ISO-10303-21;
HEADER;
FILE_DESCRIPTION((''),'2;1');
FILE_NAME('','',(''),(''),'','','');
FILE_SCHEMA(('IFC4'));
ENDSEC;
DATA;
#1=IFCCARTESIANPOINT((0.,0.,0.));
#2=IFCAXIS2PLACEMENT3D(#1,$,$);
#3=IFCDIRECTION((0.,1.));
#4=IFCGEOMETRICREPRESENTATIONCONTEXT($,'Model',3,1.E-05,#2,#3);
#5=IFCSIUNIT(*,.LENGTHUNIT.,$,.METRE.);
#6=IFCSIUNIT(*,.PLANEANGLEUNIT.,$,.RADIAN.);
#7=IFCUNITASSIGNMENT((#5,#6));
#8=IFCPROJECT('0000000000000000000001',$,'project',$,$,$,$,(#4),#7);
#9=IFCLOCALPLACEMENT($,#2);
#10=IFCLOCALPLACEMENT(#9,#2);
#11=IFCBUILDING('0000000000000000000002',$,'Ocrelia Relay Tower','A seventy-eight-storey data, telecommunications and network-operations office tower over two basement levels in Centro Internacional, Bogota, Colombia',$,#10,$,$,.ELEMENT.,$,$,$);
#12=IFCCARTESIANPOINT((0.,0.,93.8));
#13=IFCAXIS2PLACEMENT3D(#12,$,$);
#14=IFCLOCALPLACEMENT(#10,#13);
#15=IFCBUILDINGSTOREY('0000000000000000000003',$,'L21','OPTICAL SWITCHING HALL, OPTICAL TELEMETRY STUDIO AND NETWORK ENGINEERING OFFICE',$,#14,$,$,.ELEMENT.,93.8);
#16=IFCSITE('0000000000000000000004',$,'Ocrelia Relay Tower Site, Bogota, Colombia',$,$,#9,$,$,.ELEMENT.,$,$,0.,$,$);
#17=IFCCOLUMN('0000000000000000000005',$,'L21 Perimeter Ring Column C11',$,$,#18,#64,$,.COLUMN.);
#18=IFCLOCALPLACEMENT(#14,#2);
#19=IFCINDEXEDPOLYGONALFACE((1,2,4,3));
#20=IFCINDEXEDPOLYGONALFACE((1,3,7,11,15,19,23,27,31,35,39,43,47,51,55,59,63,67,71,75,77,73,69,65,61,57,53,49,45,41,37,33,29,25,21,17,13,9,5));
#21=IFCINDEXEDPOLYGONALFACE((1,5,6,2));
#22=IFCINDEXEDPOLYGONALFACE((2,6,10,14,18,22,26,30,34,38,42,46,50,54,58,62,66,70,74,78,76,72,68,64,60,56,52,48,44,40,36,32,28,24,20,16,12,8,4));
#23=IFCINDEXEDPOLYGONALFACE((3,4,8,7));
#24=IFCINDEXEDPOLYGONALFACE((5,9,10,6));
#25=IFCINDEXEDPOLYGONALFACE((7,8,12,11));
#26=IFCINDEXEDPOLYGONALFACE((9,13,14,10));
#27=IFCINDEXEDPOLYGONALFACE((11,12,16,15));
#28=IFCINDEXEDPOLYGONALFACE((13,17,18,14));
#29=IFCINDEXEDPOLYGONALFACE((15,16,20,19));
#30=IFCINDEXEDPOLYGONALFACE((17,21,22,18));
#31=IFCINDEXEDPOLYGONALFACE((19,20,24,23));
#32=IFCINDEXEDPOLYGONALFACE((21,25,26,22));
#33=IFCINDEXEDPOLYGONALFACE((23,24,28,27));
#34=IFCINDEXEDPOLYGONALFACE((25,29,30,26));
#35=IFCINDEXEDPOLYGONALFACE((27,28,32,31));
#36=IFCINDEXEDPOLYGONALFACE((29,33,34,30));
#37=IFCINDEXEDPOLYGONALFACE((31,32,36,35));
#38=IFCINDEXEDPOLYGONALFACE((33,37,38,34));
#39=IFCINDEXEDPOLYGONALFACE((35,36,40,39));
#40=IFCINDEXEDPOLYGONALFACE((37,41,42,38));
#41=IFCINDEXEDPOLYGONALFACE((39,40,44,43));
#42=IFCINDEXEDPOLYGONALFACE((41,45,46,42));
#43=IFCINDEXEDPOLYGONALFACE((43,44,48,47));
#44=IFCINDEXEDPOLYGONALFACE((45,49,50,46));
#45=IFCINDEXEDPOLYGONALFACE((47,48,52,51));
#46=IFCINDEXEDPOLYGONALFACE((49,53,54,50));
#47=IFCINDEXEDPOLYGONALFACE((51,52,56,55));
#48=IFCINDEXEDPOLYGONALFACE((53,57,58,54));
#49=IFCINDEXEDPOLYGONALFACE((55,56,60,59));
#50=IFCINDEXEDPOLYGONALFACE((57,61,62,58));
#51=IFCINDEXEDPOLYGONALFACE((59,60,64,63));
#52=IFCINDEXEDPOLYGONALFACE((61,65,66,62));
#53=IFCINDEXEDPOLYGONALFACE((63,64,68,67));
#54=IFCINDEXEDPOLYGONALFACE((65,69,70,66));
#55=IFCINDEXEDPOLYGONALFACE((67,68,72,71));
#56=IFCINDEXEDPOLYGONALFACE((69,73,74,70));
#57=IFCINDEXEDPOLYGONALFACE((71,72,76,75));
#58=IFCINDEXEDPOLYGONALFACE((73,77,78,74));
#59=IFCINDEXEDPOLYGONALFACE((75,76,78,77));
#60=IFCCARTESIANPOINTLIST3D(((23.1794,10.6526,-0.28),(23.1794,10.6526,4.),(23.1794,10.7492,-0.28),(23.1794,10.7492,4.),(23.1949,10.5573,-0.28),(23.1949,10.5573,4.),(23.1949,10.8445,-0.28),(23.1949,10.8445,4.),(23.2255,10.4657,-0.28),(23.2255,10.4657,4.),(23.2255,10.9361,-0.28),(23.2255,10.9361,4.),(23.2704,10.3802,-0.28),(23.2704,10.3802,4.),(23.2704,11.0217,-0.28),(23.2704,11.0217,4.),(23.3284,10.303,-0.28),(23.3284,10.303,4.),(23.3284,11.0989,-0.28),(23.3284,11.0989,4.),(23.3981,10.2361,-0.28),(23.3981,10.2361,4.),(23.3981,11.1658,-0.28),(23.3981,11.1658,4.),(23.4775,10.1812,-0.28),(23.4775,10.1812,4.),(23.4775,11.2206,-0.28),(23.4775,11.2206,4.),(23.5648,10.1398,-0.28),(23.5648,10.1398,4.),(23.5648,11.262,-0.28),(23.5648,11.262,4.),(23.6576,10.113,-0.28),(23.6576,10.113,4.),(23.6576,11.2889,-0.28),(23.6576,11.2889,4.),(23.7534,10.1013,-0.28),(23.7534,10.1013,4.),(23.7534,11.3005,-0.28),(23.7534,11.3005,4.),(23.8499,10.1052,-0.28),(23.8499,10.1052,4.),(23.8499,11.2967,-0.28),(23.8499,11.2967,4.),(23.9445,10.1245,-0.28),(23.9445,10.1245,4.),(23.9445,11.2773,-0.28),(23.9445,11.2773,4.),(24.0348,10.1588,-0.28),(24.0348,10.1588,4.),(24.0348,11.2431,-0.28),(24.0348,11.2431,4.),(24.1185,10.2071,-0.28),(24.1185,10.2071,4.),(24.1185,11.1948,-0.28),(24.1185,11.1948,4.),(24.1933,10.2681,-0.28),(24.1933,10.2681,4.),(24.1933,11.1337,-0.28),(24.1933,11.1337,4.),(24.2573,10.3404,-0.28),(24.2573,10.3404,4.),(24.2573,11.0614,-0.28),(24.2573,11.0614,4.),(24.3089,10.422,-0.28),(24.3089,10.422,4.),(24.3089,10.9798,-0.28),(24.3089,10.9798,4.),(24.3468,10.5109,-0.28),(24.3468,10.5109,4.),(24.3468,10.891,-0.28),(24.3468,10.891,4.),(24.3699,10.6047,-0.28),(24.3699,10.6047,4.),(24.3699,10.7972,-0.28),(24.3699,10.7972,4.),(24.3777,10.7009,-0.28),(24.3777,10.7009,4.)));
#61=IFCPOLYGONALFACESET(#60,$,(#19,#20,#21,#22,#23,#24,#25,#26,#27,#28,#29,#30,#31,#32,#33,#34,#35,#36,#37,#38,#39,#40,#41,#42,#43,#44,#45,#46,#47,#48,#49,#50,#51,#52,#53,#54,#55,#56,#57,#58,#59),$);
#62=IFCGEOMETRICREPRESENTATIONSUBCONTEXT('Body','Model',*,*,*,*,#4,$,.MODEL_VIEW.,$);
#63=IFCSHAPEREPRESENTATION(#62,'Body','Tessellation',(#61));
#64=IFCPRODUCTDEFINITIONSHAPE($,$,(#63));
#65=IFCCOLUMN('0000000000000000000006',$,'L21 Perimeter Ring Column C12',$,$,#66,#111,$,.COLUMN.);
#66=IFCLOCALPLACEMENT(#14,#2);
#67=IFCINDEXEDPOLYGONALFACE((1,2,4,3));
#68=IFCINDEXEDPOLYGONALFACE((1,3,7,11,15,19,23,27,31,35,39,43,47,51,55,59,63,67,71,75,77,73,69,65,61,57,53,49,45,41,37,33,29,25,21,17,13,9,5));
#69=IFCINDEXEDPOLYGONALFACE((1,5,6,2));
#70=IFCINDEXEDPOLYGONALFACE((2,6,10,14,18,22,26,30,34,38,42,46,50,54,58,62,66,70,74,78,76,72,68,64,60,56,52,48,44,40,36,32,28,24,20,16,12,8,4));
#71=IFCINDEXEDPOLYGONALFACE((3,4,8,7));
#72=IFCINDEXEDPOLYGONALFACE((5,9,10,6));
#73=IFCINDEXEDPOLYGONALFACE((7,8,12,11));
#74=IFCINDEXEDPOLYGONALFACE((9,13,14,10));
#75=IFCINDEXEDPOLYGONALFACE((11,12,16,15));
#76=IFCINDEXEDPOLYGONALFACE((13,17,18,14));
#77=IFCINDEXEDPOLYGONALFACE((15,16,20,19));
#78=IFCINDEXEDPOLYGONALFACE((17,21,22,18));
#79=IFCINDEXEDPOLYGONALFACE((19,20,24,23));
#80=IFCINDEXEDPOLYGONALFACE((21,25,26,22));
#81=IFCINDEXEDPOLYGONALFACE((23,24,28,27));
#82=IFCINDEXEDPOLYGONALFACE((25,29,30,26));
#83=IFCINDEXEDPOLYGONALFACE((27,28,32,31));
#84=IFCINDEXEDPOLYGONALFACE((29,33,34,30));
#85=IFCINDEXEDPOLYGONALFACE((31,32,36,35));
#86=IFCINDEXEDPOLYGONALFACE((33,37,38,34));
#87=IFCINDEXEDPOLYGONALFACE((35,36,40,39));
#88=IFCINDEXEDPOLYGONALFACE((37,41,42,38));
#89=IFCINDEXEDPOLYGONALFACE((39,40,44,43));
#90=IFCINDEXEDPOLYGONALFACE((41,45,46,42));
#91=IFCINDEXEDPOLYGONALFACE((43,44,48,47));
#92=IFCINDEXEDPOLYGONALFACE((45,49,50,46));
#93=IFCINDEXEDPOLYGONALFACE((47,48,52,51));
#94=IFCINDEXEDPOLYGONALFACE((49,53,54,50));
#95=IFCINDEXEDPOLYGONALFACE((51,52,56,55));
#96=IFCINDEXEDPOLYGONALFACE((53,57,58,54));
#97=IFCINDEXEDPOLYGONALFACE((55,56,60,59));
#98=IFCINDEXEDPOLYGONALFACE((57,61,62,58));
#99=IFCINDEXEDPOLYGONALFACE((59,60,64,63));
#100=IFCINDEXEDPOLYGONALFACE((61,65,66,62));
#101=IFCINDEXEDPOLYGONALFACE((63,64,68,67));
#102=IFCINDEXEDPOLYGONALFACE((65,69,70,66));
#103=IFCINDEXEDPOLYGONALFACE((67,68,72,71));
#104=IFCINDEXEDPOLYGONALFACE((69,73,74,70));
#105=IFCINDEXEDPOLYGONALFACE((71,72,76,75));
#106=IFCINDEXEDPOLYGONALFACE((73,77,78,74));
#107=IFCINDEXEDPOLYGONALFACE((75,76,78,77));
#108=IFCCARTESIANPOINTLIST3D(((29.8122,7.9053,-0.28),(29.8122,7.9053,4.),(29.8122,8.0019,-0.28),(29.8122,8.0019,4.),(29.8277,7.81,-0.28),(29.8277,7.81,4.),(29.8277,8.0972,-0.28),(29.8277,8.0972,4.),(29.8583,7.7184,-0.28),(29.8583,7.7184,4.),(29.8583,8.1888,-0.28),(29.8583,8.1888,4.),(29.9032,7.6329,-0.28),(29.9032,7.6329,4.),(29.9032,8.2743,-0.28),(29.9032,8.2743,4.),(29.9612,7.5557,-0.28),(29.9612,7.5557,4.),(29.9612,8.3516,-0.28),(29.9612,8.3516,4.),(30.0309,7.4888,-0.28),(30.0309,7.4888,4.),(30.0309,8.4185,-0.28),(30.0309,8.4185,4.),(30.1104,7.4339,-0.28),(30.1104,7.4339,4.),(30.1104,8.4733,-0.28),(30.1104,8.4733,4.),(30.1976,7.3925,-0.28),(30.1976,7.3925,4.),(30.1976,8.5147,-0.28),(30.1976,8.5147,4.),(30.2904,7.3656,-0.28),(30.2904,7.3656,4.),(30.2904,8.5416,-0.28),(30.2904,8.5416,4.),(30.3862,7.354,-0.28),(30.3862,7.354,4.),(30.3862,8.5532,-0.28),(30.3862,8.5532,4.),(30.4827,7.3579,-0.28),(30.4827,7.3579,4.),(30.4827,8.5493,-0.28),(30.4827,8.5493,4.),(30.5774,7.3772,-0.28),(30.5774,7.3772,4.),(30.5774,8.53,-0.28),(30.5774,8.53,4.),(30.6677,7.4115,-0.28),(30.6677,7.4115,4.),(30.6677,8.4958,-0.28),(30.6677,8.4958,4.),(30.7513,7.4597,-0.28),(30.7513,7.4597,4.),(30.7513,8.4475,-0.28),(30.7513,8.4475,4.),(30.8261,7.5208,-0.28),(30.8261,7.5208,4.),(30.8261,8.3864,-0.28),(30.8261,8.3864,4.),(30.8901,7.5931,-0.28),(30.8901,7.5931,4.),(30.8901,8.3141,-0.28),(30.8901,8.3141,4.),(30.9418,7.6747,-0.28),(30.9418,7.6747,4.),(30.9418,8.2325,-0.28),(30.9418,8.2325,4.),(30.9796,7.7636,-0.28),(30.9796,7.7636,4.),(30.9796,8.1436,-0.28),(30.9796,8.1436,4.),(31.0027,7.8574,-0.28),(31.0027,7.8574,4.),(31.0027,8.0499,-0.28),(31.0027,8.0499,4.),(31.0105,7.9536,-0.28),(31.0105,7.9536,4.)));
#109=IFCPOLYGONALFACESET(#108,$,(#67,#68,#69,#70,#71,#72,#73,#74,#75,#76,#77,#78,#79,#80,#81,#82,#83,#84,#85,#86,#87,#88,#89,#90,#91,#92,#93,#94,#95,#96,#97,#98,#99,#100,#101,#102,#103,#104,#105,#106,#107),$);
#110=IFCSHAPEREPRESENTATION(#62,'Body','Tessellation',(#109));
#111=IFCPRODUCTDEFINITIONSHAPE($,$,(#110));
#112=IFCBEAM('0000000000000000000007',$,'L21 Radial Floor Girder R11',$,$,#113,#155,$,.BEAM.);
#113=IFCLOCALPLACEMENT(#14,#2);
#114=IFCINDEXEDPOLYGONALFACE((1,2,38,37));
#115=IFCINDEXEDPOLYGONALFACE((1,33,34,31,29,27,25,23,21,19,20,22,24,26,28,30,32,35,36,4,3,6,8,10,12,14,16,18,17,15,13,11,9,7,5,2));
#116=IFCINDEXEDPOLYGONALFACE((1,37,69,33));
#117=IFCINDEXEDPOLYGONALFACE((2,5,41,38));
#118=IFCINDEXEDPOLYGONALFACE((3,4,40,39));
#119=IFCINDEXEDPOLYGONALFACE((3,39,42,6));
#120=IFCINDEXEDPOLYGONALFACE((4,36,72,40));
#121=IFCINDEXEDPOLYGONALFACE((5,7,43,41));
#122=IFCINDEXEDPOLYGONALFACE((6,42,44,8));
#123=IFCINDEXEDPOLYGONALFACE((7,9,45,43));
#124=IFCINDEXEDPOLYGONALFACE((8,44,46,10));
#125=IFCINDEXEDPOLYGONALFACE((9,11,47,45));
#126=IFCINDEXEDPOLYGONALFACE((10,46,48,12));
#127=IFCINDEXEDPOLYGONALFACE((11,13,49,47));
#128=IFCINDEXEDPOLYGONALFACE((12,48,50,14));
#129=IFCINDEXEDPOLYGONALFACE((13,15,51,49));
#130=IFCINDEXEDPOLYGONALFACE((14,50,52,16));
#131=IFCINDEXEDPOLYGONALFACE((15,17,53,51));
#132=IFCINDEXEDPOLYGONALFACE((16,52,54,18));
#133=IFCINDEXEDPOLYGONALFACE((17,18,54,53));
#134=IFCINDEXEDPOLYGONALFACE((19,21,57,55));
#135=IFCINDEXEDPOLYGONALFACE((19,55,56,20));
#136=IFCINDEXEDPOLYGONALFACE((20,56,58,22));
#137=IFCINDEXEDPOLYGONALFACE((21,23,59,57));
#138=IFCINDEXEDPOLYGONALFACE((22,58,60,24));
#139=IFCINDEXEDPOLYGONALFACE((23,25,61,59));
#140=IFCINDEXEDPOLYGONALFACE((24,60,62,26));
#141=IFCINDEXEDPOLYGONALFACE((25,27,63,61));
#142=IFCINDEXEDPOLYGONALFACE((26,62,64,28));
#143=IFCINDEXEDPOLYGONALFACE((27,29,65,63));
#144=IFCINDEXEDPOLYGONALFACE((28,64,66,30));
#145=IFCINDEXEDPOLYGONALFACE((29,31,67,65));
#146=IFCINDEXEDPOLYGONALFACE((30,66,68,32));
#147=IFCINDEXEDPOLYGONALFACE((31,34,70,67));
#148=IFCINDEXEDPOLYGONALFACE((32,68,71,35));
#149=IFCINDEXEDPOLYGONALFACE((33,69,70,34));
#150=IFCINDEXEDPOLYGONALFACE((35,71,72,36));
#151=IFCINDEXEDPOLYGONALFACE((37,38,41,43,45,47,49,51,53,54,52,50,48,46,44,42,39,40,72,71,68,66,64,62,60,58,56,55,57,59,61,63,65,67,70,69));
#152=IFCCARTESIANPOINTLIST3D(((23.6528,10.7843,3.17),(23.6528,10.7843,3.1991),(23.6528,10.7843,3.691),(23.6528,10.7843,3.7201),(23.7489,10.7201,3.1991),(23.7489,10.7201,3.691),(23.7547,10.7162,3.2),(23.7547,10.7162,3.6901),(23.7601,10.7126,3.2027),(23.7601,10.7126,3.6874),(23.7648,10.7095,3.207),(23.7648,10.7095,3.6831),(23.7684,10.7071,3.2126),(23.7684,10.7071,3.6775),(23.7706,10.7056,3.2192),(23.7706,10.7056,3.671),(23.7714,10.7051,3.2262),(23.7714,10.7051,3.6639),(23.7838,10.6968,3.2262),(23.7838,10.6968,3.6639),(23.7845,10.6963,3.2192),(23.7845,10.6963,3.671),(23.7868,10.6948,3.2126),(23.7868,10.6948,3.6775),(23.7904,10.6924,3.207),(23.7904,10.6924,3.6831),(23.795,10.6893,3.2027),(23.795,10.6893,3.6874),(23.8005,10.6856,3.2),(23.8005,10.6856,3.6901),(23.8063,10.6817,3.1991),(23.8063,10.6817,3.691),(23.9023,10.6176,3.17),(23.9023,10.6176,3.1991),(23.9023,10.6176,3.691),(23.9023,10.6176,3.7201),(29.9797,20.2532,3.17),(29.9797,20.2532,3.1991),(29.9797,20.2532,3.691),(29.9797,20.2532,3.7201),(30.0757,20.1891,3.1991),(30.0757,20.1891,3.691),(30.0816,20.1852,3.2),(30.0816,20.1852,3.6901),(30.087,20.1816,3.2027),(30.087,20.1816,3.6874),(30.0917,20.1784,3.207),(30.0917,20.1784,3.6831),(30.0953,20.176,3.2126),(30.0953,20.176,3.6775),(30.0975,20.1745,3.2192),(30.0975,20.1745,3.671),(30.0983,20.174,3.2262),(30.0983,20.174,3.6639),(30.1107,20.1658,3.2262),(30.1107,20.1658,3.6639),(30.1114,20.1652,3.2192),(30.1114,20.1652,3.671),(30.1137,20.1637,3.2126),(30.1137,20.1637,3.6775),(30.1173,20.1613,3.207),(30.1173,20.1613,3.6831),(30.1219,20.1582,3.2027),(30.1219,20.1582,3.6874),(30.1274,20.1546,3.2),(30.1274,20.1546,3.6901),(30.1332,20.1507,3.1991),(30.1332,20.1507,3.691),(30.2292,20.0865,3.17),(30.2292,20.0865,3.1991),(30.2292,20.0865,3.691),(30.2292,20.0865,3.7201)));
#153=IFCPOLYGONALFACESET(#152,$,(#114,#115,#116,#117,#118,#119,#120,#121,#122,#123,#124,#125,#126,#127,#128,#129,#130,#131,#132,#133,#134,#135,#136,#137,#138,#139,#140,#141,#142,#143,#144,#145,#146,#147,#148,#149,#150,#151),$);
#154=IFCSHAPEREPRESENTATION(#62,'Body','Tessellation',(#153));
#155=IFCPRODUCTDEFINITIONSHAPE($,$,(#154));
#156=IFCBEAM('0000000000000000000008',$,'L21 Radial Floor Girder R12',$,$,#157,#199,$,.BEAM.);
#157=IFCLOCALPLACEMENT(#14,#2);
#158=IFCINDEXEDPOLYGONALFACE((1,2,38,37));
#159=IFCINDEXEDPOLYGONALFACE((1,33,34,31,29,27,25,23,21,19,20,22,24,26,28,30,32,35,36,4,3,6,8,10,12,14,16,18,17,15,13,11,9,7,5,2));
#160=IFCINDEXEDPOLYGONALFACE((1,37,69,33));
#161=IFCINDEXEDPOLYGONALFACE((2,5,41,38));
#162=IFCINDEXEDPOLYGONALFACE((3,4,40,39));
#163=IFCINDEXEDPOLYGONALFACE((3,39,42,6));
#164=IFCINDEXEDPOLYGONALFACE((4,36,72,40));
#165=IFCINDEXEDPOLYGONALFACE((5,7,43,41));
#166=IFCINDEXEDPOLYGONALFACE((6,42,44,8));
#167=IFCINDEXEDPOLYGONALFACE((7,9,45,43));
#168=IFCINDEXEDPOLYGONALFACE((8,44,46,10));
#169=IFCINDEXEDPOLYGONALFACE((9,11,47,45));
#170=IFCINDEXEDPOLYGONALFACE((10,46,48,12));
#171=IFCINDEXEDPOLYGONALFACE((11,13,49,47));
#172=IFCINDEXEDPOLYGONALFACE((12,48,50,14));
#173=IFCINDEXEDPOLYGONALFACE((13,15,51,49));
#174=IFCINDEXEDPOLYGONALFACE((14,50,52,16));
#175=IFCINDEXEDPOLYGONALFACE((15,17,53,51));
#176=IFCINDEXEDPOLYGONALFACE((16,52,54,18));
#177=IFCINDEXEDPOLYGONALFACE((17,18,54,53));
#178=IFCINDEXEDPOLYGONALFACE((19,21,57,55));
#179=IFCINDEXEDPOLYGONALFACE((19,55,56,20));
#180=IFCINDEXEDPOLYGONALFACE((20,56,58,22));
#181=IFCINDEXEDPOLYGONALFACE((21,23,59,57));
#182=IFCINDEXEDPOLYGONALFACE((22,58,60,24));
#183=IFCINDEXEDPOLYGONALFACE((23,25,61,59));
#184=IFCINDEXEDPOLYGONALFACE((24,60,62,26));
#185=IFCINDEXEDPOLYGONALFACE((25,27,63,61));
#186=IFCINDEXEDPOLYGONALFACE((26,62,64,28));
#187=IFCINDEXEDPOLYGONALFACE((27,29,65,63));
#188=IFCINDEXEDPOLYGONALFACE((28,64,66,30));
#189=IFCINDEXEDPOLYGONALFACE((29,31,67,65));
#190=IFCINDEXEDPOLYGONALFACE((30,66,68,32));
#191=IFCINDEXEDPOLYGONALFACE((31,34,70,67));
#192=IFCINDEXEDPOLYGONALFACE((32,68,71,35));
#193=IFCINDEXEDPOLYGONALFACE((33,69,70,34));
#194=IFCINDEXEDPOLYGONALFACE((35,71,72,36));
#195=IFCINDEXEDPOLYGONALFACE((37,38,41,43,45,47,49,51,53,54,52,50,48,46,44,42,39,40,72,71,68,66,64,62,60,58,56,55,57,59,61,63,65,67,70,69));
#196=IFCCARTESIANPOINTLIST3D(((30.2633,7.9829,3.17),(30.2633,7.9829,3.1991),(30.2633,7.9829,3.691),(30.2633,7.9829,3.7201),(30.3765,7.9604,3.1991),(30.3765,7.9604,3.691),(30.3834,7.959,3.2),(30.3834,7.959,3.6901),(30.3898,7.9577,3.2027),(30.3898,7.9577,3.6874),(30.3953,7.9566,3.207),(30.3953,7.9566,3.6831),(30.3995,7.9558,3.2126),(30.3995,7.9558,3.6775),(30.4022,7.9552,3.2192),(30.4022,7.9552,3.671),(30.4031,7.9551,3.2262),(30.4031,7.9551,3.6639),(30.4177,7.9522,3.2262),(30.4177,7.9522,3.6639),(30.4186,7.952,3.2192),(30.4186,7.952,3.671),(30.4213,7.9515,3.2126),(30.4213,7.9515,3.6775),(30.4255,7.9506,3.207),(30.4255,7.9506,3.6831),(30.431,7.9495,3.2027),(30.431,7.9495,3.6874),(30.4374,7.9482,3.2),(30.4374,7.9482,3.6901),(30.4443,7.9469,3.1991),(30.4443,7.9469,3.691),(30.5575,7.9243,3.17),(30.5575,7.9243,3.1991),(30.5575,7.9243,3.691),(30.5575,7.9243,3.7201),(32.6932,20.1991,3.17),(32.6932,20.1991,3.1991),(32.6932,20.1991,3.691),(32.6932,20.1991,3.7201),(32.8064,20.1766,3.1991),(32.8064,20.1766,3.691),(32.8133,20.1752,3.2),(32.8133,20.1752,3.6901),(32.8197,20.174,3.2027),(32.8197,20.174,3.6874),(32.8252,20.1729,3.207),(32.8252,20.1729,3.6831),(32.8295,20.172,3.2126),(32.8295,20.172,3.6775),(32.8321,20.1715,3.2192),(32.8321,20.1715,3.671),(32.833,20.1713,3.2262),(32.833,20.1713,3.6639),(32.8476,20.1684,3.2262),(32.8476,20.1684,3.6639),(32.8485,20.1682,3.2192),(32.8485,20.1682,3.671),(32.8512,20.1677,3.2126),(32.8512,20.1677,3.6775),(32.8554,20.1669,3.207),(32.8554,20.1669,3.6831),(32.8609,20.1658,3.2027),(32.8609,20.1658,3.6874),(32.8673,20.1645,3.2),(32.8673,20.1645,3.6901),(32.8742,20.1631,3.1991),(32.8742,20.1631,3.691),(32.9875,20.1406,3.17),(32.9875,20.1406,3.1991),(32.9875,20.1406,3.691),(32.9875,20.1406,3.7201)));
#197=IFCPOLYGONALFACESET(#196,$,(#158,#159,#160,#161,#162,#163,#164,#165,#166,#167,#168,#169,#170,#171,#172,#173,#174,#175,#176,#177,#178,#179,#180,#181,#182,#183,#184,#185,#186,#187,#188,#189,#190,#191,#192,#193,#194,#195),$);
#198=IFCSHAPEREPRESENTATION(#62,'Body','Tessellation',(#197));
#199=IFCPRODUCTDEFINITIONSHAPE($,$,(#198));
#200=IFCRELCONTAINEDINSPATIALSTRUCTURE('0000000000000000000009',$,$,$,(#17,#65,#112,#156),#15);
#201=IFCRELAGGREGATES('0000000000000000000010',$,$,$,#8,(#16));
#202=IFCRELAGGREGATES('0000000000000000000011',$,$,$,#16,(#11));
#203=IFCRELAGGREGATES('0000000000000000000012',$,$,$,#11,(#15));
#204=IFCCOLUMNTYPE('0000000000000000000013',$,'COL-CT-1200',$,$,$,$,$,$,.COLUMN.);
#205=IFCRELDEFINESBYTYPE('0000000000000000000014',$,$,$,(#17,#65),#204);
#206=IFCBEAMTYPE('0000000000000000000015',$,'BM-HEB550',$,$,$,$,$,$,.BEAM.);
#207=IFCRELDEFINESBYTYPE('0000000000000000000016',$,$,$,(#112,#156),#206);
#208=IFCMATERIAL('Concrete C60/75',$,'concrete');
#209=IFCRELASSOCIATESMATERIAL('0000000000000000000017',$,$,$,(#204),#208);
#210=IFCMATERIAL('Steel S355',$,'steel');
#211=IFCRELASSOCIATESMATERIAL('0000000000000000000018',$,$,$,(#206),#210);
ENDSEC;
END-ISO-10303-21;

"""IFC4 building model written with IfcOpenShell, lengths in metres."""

from ifc_helpers import new_model, si_unit, direction, frame, origin, origin_2d, place, context, subcontext, project, spatial, circle, i_section, extrude, material, material_profile, profile_set, type_object, element, save


model = new_model("IFC4")

# Units and contexts
model_context = context("Model", 3, precision=1e-05, world=origin(), true_north=direction((0.0, 1.0)))
body_context = subcontext(model_context, "Body", "Model", "MODEL_VIEW")
ifc_project = project(units=[si_unit("LENGTHUNIT", "METRE"), si_unit("PLANEANGLEUNIT", "RADIAN")], contexts=[model_context])

# Site, building, storey
site_placement = place(None, origin())
site = spatial("IfcSite", under=ifc_project, at=site_placement, Name="Ocrelia Relay Tower Site, Bogota, Colombia", CompositionType="ELEMENT", RefElevation=0.0)
building_placement = place(site_placement, origin())
building = spatial("IfcBuilding", under=site, at=building_placement, Name="Ocrelia Relay Tower", Description="A seventy-eight-storey data, telecommunications and network-operations office tower over two basement levels in Centro Internacional, Bogota, Colombia", CompositionType="ELEMENT")
storey_placement = place(building_placement, frame((0.0, 0.0, 93.8)))
storey = spatial("IfcBuildingStorey", under=building, at=storey_placement, Name="L21", Description="OPTICAL SWITCHING HALL, OPTICAL TELEMETRY STUDIO AND NETWORK ENGINEERING OFFICE", CompositionType="ELEMENT", Elevation=93.8)

# Columns
ifc_material_1 = material(Name="Concrete C60/75", Category="concrete")
ifc_material_profile_1 = material_profile(ifc_material_1, circle(Radius=0.6001, at=origin_2d()), Name="RC-CIR-1200")
ifc_profile_set_1 = profile_set([ifc_material_profile_1], Name="Concrete C60/75")
column_type = type_object("IfcColumnType", Name="COL-CT-1200", PredefinedType="COLUMN", material=ifc_profile_set_1)
for number, where, z_axis, x_axis, name in (
    (1, (23.7776, 10.7009, -0.28), (0.0, 0.0, 1.0), (1.0, 0.0, 0.0), "L21 Perimeter Ring Column C11"),
    (2, (30.4104, 7.9536, -0.28), (0.0, 0.0, 1.0), (1.0, 0.0, 0.0), "L21 Perimeter Ring Column C12"),
):
    element("IfcColumn", number, at=place(storey_placement, frame(where, z_axis=z_axis, x_axis=x_axis)), inside=storey, type_object=column_type, Name=name, PredefinedType="COLUMN", context=body_context, shape_type="SweptSolid", body=[
        extrude(circle(Radius=0.6001, at=origin_2d()), origin(), (0.0, 0.0, 1.0), 4.28),
    ])

# Beams
ifc_material_2 = material(Name="Steel S355", Category="steel")
ifc_material_profile_2 = material_profile(ifc_material_2, i_section(OverallWidth=0.3, OverallDepth=0.55, WebThickness=0.0149, FlangeThickness=0.0291, FilletRadius=0.0271, at=origin_2d()), Name="HEB 550")
ifc_profile_set_2 = profile_set([ifc_material_profile_2], Name="Steel S355")
beam_type_1 = type_object("IfcBeamType", Name="BM-HEB550", PredefinedType="BEAM", material=ifc_profile_set_2)
beam_1_placement = place(storey_placement, frame((23.7776, 10.7009, 3.4451), z_axis=(0.555566, 0.831473, 0.0), x_axis=(-0.831473, 0.555566, 0.0)))
element("IfcBeam", 3, at=beam_1_placement, inside=storey, type_object=beam_type_1, Name="L21 Radial Floor Girder R11", PredefinedType="BEAM", context=body_context, shape_type="SweptSolid", body=[
    extrude(i_section(OverallWidth=0.3, OverallDepth=0.55, WebThickness=0.0149, FlangeThickness=0.0291, FilletRadius=0.0271, at=origin_2d()), origin(), (0.0, 0.0, 1.0), 11.3882),
])
beam_2_placement = place(storey_placement, frame((30.4104, 7.9536, 3.4451), z_axis=(0.195087, 0.980786, 0.0), x_axis=(-0.980786, 0.195087, 0.0)))
element("IfcBeam", 4, at=beam_2_placement, inside=storey, type_object=beam_type_1, Name="L21 Radial Floor Girder R12", PredefinedType="BEAM", context=body_context, shape_type="SweptSolid", body=[
    extrude(i_section(OverallWidth=0.3, OverallDepth=0.55, WebThickness=0.0149, FlangeThickness=0.0291, FilletRadius=0.0271, at=origin_2d()), origin(), (0.0, 0.0, 1.0), 12.4556),
])

save(model, "model.ifc")
